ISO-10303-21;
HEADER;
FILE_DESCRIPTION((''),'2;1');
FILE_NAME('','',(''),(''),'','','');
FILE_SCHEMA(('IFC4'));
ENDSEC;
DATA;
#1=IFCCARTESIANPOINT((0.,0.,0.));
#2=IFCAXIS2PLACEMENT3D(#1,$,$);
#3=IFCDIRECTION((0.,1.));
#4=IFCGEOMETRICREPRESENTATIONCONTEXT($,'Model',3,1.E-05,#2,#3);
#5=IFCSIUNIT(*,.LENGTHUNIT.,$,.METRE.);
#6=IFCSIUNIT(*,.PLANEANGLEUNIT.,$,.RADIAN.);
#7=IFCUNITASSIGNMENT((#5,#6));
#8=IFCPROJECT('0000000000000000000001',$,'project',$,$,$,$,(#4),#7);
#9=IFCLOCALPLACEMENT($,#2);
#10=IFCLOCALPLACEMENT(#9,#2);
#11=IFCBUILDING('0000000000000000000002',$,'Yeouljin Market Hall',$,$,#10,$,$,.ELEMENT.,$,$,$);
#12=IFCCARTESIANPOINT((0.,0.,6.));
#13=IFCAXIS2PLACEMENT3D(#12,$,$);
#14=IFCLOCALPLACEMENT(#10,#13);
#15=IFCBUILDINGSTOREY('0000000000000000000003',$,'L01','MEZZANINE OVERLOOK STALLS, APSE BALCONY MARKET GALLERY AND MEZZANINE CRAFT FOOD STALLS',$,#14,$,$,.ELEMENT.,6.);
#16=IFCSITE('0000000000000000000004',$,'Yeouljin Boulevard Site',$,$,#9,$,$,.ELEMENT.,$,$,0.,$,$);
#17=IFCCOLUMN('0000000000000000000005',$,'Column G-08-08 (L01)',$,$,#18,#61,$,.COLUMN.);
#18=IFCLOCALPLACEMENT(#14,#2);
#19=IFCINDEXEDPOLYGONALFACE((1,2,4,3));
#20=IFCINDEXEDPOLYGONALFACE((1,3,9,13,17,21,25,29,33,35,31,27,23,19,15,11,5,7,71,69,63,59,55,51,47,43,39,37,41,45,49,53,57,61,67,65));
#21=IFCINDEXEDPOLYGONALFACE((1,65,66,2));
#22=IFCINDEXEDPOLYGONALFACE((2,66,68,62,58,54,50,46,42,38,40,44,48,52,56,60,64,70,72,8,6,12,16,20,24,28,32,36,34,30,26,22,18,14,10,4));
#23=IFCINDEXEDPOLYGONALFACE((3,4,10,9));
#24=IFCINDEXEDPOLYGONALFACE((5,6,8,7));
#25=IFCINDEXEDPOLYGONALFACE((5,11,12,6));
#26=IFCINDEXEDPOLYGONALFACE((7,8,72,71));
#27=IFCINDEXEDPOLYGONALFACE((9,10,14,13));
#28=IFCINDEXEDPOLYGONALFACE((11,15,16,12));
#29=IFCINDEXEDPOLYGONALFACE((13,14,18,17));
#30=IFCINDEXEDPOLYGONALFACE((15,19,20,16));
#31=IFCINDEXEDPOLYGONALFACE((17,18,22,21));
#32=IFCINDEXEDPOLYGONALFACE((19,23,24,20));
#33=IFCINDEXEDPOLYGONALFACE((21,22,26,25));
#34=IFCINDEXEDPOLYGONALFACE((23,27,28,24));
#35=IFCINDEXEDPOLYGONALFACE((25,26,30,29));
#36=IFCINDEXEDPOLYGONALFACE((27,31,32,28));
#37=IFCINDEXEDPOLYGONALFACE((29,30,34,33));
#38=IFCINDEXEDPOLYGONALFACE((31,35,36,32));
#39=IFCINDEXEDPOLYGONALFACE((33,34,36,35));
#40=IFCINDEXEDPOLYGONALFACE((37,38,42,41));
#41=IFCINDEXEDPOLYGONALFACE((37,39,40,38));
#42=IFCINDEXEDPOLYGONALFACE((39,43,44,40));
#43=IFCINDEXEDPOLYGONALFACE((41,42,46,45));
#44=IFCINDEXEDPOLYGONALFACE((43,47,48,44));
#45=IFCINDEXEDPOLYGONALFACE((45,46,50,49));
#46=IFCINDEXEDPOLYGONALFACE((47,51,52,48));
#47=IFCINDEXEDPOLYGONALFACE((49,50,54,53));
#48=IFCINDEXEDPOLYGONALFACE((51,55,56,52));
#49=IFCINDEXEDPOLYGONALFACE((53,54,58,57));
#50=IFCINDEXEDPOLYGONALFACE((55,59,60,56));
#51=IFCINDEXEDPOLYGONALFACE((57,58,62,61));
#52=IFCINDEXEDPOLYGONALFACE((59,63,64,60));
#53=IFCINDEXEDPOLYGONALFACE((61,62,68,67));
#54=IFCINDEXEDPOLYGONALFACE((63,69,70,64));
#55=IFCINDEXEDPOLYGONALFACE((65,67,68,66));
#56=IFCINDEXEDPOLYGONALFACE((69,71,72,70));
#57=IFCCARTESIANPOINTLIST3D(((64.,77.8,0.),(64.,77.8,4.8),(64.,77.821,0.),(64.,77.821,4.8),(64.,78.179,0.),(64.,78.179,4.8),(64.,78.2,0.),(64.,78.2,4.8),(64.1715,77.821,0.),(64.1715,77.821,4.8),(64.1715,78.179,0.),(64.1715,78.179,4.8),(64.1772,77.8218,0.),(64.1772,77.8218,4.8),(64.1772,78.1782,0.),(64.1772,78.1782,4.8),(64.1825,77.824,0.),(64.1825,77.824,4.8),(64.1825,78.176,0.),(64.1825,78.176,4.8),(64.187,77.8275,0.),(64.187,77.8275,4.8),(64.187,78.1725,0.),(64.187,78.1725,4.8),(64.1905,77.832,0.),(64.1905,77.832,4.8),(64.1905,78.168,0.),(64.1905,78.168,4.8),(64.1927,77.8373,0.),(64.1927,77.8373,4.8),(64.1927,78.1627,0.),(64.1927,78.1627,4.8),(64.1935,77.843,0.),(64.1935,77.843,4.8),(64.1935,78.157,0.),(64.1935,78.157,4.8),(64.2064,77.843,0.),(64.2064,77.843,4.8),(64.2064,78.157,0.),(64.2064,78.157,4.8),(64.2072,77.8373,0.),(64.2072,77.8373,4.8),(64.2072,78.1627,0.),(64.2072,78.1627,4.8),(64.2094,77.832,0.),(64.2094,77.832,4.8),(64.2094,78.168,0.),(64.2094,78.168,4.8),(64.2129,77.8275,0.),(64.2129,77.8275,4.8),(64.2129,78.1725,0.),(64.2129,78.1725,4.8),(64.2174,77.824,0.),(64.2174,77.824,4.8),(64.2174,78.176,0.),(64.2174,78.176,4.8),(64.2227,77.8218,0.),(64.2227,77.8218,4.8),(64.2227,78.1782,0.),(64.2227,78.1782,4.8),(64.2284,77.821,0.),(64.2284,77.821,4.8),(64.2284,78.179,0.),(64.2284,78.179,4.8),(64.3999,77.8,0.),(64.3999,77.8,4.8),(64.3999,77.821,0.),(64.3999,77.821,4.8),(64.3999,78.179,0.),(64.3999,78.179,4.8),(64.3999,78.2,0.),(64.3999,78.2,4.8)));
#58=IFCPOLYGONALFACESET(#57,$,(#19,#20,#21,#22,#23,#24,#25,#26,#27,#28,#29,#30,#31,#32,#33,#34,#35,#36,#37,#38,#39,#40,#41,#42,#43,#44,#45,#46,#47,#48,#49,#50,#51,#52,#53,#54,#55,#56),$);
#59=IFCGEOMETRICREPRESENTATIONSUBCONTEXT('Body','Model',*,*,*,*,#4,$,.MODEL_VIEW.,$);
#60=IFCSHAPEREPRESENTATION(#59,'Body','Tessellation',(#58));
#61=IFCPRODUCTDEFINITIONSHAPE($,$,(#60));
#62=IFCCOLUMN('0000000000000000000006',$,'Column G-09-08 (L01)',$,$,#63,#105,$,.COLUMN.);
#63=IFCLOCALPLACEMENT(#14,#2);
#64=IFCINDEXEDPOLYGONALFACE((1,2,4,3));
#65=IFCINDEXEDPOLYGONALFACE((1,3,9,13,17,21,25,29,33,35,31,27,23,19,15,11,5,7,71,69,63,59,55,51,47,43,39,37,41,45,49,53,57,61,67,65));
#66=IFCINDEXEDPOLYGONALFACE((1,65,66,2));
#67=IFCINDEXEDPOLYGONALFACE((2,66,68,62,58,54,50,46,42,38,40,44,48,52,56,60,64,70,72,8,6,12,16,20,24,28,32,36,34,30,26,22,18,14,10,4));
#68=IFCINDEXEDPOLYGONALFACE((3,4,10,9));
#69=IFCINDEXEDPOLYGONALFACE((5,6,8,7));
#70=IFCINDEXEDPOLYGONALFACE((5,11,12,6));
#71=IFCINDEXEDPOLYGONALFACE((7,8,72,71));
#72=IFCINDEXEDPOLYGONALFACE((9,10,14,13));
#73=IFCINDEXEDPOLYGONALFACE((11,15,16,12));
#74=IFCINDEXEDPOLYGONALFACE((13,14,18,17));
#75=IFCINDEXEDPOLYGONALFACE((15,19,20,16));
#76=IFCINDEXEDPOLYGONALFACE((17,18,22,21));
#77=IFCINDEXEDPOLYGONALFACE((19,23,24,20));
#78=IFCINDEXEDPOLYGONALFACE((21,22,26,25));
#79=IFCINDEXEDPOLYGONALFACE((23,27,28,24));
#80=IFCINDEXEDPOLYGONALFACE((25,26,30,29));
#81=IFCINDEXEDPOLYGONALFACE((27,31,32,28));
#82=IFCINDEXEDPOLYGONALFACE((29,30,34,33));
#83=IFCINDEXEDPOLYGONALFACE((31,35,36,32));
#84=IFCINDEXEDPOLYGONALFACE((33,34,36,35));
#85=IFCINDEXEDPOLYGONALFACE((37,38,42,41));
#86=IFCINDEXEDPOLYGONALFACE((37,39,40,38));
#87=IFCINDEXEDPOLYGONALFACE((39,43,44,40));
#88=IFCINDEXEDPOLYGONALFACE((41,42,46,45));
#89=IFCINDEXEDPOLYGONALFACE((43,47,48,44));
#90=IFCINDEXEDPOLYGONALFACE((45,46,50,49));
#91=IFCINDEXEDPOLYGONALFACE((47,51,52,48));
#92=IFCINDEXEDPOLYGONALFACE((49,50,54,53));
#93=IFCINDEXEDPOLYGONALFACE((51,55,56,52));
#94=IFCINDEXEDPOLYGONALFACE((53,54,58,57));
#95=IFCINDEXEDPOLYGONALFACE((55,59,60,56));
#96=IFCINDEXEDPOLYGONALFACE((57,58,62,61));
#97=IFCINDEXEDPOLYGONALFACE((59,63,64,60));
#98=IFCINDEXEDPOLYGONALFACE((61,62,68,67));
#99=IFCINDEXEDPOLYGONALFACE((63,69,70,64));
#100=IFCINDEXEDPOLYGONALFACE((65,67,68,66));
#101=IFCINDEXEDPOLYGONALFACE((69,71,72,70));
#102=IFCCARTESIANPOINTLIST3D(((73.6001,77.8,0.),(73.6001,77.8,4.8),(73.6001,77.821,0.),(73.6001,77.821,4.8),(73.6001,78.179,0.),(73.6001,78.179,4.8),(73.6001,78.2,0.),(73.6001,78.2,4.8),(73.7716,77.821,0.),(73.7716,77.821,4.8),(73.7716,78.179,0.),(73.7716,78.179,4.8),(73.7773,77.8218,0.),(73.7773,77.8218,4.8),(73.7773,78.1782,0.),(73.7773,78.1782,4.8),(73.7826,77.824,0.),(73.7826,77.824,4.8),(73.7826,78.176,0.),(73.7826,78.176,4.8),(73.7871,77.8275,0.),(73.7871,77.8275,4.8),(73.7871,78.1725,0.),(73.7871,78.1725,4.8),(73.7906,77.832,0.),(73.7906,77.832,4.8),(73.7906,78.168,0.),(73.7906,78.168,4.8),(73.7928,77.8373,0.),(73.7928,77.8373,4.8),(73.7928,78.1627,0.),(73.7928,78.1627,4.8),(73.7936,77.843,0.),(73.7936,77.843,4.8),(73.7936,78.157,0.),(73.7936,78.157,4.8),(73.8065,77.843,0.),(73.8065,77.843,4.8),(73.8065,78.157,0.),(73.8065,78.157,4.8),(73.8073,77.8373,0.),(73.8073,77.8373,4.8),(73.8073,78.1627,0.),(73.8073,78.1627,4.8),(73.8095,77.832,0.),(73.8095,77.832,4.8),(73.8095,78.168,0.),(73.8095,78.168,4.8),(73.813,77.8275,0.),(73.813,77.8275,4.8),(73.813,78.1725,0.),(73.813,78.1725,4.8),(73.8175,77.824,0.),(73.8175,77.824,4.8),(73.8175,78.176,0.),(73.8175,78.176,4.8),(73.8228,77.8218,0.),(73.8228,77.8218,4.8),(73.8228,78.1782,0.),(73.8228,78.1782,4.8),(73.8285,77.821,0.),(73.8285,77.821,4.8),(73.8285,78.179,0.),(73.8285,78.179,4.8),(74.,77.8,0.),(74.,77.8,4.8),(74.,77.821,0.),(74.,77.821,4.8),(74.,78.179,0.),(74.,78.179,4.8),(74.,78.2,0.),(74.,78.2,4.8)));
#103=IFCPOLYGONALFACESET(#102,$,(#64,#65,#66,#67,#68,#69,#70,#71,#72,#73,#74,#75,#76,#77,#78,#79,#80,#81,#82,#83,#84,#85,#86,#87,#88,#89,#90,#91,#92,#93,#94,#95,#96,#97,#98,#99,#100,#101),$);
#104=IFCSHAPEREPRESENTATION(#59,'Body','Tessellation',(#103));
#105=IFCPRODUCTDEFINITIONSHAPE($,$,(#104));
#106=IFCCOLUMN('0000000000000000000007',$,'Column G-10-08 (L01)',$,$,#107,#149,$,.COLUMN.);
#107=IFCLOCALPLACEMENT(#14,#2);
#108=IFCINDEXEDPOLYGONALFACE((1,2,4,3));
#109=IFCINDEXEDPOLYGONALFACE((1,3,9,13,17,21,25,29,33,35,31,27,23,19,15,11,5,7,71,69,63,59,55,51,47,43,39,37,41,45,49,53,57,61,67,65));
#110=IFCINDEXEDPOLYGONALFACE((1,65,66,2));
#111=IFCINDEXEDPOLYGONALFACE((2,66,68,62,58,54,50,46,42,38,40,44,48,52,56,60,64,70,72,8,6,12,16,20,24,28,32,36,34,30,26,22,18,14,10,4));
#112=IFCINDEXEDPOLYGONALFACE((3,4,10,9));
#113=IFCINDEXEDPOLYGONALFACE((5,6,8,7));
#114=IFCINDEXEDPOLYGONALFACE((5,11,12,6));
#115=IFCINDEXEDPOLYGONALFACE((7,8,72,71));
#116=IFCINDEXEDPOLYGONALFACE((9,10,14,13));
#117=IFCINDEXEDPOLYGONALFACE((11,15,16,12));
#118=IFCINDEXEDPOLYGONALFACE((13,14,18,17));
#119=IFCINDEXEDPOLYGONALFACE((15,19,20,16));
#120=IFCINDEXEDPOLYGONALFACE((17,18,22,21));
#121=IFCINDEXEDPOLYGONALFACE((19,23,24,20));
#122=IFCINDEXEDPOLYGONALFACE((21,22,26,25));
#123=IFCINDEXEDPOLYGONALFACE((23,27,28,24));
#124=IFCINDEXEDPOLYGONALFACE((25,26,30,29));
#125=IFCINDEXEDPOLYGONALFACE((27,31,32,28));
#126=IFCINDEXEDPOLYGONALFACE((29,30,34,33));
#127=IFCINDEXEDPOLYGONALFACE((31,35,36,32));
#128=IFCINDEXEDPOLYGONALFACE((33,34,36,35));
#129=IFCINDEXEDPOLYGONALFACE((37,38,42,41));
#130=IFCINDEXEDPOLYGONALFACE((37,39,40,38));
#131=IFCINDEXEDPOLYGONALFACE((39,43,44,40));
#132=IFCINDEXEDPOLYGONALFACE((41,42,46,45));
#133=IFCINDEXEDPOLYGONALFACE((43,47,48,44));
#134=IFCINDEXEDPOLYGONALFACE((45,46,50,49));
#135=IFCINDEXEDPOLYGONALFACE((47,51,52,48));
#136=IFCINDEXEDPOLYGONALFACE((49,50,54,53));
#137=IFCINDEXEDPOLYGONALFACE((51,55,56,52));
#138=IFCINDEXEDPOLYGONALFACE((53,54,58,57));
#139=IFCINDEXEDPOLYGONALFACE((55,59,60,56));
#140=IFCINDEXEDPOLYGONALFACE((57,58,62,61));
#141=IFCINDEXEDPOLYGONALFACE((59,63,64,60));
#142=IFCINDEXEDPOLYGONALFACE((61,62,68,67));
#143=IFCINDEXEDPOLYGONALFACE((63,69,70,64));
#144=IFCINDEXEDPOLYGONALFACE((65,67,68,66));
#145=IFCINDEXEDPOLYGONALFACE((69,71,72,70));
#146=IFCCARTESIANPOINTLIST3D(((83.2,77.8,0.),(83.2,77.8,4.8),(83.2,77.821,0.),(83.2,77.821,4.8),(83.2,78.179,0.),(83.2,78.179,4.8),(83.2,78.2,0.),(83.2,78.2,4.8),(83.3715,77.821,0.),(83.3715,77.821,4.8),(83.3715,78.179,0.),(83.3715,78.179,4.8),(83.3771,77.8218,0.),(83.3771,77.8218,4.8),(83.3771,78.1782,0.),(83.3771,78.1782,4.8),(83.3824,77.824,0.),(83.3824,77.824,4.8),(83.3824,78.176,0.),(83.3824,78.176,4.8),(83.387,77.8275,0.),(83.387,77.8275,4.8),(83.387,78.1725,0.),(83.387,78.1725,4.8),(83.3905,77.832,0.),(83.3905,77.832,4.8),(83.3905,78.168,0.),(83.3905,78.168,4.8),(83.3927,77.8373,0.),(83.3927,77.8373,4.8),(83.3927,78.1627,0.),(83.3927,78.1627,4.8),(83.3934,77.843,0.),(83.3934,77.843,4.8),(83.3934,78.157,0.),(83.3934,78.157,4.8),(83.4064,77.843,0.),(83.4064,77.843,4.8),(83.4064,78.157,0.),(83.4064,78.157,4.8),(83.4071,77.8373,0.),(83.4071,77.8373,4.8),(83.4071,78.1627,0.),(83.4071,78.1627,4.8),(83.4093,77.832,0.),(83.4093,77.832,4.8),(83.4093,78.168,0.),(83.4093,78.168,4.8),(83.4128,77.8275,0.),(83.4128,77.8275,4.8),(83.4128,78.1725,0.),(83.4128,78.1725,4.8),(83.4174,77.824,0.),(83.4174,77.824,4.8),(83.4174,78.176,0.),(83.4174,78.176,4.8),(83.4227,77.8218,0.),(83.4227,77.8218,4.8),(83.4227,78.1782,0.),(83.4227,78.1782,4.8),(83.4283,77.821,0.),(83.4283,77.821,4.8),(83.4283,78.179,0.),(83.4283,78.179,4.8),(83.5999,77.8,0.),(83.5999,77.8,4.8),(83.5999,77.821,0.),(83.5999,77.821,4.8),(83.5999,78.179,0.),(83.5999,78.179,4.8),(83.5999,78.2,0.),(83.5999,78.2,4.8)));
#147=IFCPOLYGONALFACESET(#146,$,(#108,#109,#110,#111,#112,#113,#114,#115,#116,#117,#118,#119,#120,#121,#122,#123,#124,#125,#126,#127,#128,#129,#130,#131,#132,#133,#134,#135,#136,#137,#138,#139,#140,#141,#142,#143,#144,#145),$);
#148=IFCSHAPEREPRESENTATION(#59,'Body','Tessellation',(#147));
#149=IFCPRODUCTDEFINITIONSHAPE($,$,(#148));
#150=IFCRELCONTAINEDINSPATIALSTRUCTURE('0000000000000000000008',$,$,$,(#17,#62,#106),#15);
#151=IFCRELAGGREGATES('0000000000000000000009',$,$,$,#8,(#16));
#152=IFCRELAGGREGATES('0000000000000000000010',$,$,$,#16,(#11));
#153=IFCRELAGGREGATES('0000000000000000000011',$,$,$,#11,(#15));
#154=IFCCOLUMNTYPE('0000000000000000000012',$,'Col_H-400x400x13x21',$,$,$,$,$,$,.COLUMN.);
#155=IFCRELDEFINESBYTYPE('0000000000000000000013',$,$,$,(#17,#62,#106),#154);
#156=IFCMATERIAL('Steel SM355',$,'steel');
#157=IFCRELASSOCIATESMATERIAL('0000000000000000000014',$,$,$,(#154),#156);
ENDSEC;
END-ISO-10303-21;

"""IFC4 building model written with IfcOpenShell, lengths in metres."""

from ifc_helpers import new_model, si_unit, direction, frame, origin, origin_2d, place, context, subcontext, project, spatial, i_section, extrude, material, material_profile, profile_set, type_object, element, save


model = new_model("IFC4")

# Units and contexts
model_context = context("Model", 3, precision=1e-05, world=origin(), true_north=direction((0.0, 1.0)))
body_context = subcontext(model_context, "Body", "Model", "MODEL_VIEW")
ifc_project = project(units=[si_unit("LENGTHUNIT", "METRE"), si_unit("PLANEANGLEUNIT", "RADIAN")], contexts=[model_context])

# Site, building, storey
site_placement = place(None, origin())
site = spatial("IfcSite", under=ifc_project, at=site_placement, Name="Yeouljin Boulevard Site", CompositionType="ELEMENT", RefElevation=0.0)
building_placement = place(site_placement, origin())
building = spatial("IfcBuilding", under=site, at=building_placement, Name="Yeouljin Market Hall", CompositionType="ELEMENT")
storey_placement = place(building_placement, frame((0.0, 0.0, 6.0)))
storey = spatial("IfcBuildingStorey", under=building, at=storey_placement, Name="L01", Description="MEZZANINE OVERLOOK STALLS, APSE BALCONY MARKET GALLERY AND MEZZANINE CRAFT FOOD STALLS", CompositionType="ELEMENT", Elevation=6.0)

# Columns
ifc_material_1 = material(Name="Steel SM355", Category="steel")
ifc_material_profile_1 = material_profile(ifc_material_1, i_section(OverallWidth=0.3999, OverallDepth=0.3999, WebThickness=0.0129, FlangeThickness=0.021, FilletRadius=0.022, at=origin_2d()), Name="H-400x400x13x21")
ifc_profile_set_1 = profile_set([ifc_material_profile_1], Name="Steel SM355")
column_type_1 = type_object("IfcColumnType", Name="Col_H-400x400x13x21", PredefinedType="COLUMN", material=ifc_profile_set_1)
for number, where, z_axis, x_axis, name in (
    (1, (64.2, 78.0, 0.0), (0.0, 0.0, 1.0), (1.0, 0.0, 0.0), "Column G-08-08 (L01)"),
    (2, (73.8, 78.0, 0.0), (0.0, 0.0, 1.0), (1.0, 0.0, 0.0), "Column G-09-08 (L01)"),
    (3, (83.3999, 78.0, 0.0), (0.0, 0.0, 1.0), (1.0, 0.0, 0.0), "Column G-10-08 (L01)"),
):
    element("IfcColumn", number, at=place(storey_placement, frame(where, z_axis=z_axis, x_axis=x_axis)), inside=storey, type_object=column_type_1, Name=name, PredefinedType="COLUMN", context=body_context, shape_type="SweptSolid", body=[
        extrude(i_section(OverallWidth=0.3999, OverallDepth=0.3999, WebThickness=0.0129, FlangeThickness=0.021, FilletRadius=0.022, at=origin_2d()), origin(), (0.0, 0.0, 1.0), 4.8),
    ])

save(model, "model.ifc")
